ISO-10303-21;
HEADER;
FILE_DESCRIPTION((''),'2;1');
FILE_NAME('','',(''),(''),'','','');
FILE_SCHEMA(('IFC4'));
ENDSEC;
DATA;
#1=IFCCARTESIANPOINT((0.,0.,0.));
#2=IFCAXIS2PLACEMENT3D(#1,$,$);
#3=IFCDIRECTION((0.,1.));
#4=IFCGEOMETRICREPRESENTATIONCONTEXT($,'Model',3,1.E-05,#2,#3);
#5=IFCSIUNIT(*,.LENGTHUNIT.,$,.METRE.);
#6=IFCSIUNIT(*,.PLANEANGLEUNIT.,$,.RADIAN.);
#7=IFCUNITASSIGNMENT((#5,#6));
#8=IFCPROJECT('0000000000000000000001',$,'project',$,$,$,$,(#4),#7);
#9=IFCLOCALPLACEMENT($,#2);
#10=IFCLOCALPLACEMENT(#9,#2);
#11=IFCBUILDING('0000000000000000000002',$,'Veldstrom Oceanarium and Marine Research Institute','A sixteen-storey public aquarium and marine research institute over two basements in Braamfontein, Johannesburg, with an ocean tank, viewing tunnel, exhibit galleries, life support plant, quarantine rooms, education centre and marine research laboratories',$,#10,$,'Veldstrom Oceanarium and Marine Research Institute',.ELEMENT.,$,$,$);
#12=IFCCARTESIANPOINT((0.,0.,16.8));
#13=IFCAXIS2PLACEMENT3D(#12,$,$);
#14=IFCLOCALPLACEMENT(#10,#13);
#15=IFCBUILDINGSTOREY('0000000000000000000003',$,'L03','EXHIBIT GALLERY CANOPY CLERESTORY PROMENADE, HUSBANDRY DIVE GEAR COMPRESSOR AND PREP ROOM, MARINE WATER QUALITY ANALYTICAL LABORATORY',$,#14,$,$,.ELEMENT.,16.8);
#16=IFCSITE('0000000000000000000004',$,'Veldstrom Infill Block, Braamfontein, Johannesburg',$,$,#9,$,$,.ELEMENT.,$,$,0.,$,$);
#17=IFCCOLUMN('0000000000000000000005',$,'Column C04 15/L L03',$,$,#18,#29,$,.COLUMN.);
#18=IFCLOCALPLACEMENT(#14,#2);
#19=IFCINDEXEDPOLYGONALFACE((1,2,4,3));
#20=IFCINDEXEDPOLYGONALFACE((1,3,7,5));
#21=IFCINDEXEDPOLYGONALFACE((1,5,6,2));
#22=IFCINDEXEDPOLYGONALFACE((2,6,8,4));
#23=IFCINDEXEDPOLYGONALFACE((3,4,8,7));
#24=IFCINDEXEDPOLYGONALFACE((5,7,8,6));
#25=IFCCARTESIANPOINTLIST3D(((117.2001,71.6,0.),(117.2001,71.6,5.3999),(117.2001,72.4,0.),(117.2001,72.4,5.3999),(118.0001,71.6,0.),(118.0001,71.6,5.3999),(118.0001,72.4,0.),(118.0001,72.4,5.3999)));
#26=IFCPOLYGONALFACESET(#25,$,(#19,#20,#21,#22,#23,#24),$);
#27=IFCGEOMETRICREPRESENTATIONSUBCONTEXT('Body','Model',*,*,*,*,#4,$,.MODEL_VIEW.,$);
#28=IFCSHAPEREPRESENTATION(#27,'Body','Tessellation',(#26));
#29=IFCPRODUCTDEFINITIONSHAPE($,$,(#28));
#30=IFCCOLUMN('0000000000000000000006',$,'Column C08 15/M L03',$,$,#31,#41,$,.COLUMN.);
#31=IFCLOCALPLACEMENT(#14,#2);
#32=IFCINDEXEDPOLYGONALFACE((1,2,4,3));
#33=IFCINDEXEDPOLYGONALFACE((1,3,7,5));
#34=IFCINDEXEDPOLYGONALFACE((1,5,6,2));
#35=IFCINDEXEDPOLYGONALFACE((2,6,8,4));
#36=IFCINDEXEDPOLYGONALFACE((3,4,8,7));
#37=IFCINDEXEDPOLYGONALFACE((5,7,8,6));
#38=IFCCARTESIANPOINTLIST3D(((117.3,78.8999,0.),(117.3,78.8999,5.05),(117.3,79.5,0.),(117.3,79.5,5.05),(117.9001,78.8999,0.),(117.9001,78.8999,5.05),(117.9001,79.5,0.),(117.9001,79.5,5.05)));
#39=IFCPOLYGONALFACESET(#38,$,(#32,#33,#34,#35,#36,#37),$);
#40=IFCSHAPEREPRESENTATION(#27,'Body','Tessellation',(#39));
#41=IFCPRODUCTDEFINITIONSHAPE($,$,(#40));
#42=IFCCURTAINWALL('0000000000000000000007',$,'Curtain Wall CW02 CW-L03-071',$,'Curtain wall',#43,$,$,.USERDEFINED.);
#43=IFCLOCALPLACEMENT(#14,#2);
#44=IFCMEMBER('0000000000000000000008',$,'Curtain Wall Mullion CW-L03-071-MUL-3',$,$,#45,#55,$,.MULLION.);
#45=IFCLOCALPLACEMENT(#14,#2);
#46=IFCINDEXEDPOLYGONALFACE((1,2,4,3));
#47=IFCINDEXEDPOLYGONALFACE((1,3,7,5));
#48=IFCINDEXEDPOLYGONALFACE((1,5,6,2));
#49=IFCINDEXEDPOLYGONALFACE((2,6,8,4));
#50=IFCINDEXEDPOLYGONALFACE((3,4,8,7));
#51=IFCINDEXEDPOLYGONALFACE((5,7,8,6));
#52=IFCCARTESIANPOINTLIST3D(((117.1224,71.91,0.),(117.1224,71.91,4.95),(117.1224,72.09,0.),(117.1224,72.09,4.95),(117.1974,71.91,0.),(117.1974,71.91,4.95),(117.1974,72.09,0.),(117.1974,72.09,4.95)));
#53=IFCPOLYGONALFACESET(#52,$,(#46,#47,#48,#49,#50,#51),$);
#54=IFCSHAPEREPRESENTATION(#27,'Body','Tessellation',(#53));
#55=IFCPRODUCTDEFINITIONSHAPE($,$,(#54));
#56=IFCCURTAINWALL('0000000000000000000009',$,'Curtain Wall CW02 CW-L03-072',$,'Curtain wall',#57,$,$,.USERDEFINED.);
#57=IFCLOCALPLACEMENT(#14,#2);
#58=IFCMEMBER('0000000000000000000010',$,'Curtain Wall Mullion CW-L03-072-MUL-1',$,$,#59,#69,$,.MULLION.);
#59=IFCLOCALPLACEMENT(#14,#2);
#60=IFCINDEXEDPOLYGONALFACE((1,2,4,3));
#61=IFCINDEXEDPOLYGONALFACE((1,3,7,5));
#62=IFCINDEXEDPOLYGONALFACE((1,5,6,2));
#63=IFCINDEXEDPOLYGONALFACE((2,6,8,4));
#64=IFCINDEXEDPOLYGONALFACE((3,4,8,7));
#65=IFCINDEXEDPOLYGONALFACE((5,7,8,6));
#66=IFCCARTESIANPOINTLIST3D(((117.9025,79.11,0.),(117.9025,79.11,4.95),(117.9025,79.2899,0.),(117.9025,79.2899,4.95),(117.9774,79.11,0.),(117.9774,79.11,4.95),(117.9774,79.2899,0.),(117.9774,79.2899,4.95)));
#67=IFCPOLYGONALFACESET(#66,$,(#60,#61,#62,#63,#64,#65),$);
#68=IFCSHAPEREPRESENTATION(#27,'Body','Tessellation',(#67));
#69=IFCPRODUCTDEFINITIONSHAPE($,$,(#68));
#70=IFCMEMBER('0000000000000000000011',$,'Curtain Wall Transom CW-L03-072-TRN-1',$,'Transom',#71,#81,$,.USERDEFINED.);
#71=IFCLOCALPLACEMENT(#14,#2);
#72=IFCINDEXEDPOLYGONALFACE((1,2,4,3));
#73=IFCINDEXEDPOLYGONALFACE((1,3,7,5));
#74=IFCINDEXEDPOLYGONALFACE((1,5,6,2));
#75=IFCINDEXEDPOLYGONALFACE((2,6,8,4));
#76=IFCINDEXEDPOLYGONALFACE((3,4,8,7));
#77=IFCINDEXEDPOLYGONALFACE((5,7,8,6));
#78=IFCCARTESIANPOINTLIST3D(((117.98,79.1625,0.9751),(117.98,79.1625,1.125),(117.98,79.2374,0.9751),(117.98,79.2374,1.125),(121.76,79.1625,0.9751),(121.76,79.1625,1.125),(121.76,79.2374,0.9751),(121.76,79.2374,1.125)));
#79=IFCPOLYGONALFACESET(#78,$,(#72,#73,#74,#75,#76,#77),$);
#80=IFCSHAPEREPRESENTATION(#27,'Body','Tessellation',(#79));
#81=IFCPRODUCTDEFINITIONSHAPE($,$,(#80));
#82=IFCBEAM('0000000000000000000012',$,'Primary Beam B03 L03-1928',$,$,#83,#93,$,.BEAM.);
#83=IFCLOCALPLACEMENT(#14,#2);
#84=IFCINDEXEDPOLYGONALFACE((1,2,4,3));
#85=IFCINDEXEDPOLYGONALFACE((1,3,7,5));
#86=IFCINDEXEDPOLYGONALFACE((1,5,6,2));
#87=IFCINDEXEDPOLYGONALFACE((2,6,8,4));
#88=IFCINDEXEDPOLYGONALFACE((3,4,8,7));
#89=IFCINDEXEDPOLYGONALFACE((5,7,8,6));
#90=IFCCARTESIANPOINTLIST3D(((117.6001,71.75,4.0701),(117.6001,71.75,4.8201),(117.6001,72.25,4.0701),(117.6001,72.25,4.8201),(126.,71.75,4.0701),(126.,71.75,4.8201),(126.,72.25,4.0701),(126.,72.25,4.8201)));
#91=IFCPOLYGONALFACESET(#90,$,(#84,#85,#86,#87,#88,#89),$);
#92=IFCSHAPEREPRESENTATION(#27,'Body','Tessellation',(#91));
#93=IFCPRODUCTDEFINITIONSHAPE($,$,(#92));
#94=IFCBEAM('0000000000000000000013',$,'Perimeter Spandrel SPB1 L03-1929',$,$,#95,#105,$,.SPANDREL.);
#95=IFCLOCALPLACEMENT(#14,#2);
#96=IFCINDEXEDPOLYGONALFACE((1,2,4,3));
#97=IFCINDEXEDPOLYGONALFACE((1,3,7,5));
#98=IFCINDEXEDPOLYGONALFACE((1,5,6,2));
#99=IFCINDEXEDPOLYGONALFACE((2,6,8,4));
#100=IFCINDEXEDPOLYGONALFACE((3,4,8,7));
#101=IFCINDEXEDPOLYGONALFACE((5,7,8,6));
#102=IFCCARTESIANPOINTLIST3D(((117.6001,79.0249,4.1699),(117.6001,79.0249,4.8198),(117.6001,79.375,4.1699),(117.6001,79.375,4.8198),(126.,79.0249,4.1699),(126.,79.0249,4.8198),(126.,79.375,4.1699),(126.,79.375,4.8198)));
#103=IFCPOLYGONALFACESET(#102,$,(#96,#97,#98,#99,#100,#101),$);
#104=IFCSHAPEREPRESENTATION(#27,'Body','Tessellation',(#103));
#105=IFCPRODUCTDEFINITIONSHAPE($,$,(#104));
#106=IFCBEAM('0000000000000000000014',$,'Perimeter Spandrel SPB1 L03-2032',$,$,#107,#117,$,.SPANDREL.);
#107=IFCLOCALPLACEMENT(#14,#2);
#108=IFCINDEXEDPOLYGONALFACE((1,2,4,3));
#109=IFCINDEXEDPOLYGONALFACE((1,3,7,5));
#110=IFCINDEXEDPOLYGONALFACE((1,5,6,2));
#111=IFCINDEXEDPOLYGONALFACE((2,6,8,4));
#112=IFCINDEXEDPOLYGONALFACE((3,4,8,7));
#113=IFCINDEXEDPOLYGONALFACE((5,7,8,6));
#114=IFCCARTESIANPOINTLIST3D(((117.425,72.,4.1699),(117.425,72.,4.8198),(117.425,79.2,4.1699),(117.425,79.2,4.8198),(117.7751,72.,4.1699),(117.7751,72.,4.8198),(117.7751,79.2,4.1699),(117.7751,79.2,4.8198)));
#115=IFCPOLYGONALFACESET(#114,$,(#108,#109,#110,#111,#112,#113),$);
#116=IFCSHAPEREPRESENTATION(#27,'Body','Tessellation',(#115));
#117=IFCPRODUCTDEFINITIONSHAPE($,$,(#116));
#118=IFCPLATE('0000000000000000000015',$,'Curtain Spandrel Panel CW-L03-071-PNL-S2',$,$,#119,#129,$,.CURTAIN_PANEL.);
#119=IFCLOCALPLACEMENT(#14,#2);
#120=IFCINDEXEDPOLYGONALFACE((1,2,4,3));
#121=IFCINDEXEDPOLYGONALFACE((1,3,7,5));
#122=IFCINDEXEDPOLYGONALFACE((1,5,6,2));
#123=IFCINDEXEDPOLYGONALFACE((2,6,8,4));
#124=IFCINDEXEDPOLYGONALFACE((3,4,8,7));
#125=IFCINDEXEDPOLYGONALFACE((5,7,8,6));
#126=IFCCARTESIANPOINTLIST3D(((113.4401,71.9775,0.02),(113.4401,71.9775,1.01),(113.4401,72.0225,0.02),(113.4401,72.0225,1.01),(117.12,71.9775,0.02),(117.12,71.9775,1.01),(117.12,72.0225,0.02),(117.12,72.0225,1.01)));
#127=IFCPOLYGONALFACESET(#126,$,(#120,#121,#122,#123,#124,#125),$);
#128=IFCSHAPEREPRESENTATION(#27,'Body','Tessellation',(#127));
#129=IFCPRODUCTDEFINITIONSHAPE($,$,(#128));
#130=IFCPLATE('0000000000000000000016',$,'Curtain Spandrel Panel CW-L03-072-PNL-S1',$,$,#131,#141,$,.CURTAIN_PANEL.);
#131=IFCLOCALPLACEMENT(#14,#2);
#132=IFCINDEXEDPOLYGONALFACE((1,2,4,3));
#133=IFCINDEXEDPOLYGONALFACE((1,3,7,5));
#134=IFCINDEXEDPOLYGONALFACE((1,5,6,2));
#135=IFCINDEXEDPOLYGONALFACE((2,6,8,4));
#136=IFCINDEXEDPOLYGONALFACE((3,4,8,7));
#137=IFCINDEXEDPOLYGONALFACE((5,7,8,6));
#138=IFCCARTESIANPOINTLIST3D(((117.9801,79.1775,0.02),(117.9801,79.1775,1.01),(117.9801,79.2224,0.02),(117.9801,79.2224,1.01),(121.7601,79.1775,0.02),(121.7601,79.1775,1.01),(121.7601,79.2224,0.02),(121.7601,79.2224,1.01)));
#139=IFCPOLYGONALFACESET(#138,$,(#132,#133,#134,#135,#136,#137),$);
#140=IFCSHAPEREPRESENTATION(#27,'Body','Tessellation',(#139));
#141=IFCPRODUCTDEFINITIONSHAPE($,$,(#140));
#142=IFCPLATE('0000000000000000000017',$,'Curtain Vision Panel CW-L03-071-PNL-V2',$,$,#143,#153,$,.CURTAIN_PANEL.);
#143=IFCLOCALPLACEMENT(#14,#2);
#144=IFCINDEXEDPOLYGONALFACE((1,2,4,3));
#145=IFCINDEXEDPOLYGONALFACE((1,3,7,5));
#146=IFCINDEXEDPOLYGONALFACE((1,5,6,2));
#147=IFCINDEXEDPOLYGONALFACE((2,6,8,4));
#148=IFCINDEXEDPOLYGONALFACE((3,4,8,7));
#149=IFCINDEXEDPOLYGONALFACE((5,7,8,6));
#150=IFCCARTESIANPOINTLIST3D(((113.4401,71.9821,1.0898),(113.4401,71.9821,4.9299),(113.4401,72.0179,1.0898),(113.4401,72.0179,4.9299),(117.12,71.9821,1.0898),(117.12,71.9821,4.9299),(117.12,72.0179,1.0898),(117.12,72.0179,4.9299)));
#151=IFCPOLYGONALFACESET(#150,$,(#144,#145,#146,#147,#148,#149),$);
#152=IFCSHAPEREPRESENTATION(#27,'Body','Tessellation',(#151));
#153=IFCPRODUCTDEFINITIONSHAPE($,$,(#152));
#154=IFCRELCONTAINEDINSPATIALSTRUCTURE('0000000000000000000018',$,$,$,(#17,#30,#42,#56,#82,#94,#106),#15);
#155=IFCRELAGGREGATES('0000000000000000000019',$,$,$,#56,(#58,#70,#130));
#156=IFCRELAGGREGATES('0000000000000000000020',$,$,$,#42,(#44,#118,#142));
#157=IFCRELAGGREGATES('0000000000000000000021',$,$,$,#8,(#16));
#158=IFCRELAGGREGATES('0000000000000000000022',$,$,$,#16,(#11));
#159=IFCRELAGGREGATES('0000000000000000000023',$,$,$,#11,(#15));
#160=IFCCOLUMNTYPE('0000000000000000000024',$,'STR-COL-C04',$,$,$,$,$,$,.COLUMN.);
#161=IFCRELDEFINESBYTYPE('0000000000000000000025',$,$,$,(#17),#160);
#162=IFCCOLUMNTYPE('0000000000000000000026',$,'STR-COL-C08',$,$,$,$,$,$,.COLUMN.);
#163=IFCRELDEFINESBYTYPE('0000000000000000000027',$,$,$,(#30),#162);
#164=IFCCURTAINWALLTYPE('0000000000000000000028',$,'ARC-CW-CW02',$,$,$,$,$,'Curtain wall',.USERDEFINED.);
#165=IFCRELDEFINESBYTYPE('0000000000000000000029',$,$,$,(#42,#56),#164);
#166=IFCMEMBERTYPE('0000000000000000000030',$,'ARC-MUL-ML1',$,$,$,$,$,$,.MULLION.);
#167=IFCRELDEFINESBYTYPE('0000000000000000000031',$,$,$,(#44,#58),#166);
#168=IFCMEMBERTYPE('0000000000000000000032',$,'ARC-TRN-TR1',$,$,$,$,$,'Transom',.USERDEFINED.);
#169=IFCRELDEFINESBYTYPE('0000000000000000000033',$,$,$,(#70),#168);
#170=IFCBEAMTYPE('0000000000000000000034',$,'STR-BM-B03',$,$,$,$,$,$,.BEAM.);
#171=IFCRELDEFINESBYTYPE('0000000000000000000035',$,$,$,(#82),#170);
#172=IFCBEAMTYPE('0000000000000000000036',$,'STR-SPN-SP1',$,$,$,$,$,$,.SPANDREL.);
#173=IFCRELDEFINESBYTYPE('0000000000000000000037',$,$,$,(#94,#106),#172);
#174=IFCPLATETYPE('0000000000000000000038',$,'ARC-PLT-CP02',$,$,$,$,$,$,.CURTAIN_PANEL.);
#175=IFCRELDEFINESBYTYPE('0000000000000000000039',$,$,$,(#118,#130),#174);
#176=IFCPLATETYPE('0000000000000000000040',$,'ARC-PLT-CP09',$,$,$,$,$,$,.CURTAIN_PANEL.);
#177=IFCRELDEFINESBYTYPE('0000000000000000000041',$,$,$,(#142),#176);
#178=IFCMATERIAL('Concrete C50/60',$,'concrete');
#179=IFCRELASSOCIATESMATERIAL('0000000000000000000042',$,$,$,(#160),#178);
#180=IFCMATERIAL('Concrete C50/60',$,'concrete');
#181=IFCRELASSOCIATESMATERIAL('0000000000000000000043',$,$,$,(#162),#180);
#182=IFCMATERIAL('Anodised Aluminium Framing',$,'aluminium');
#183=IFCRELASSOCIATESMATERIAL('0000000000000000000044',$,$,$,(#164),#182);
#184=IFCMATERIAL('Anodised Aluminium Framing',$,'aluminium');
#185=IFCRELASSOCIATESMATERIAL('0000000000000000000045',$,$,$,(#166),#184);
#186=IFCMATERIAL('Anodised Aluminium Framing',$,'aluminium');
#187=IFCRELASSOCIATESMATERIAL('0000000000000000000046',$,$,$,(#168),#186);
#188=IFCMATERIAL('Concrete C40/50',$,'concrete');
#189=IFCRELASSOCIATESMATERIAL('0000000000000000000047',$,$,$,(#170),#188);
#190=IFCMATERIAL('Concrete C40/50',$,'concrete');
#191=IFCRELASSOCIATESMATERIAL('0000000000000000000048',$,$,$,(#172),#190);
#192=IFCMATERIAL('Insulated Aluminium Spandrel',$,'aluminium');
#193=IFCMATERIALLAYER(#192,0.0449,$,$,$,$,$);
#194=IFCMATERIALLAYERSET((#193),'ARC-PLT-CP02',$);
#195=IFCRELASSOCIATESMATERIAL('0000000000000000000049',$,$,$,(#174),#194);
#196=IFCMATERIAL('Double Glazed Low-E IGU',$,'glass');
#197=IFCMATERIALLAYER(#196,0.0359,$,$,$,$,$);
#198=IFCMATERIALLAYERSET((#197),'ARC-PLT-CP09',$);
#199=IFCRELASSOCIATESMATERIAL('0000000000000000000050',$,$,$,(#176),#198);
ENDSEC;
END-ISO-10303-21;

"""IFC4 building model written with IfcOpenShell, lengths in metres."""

from ifc_helpers import new_model, si_unit, direction, frame, origin, origin_2d, place, context, subcontext, project, spatial, rectangle, extrude, material, layer, layer_set, material_profile, profile_set, type_object, element, aggregate, save


model = new_model("IFC4")

# Units and contexts
model_context = context("Model", 3, precision=1e-05, world=origin(), true_north=direction((0.0, 1.0)))
body_context = subcontext(model_context, "Body", "Model", "MODEL_VIEW")
ifc_project = project(units=[si_unit("LENGTHUNIT", "METRE"), si_unit("PLANEANGLEUNIT", "RADIAN")], contexts=[model_context])

# Site, building, storey
site_placement = place(None, origin())
site = spatial("IfcSite", under=ifc_project, at=site_placement, Name="Veldstrom Infill Block, Braamfontein, Johannesburg", CompositionType="ELEMENT", RefElevation=0.0)
building_placement = place(site_placement, origin())
building = spatial("IfcBuilding", under=site, at=building_placement, Name="Veldstrom Oceanarium and Marine Research Institute", Description="A sixteen-storey public aquarium and marine research institute over two basements in Braamfontein, Johannesburg, with an ocean tank, viewing tunnel, exhibit galleries, life support plant, quarantine rooms, education centre and marine research laboratories", LongName="Veldstrom Oceanarium and Marine Research Institute", CompositionType="ELEMENT")
storey_placement = place(building_placement, frame((0.0, 0.0, 16.8)))
storey = spatial("IfcBuildingStorey", under=building, at=storey_placement, Name="L03", Description="EXHIBIT GALLERY CANOPY CLERESTORY PROMENADE, HUSBANDRY DIVE GEAR COMPRESSOR AND PREP ROOM, MARINE WATER QUALITY ANALYTICAL LABORATORY", CompositionType="ELEMENT", Elevation=16.8)

# Columns
ifc_material_1 = material(Name="Concrete C50/60", Category="concrete")
ifc_material_profile_1 = material_profile(ifc_material_1, rectangle(XDim=0.8, YDim=0.8, at=origin_2d()), Name="RC-COL-800x800")
ifc_profile_set_1 = profile_set([ifc_material_profile_1], Name="Concrete C50/60")
column_type_1 = type_object("IfcColumnType", Name="STR-COL-C04", PredefinedType="COLUMN", material=ifc_profile_set_1)
column_1_placement = place(storey_placement, frame((117.6001, 72.0, 0.0), z_axis=(0.0, 0.0, 1.0), x_axis=(1.0, 0.0, 0.0)))
element("IfcColumn", 1, at=column_1_placement, inside=storey, type_object=column_type_1, Name="Column C04 15/L L03", PredefinedType="COLUMN", context=body_context, shape_type="SweptSolid", body=[
    extrude(rectangle(XDim=0.8, YDim=0.8, at=origin_2d()), origin(), (0.0, 0.0, 1.0), 5.3999),
])
ifc_material_2 = material(Name="Concrete C50/60", Category="concrete")
ifc_material_profile_2 = material_profile(ifc_material_2, rectangle(XDim=0.6001, YDim=0.6001, at=origin_2d()), Name="RC-COL-600x600")
ifc_profile_set_2 = profile_set([ifc_material_profile_2], Name="Concrete C50/60")
column_type_2 = type_object("IfcColumnType", Name="STR-COL-C08", PredefinedType="COLUMN", material=ifc_profile_set_2)
column_2_placement = place(storey_placement, frame((117.6001, 79.2, 0.0), z_axis=(0.0, 0.0, 1.0), x_axis=(1.0, 0.0, 0.0)))
element("IfcColumn", 2, at=column_2_placement, inside=storey, type_object=column_type_2, Name="Column C08 15/M L03", PredefinedType="COLUMN", context=body_context, shape_type="SweptSolid", body=[
    extrude(rectangle(XDim=0.6001, YDim=0.6001, at=origin_2d()), origin(), (0.0, 0.0, 1.0), 5.05),
])

# Curtain wall, member
ifc_material_3 = material(Name="Anodised Aluminium Framing", Category="aluminium")
curtain_wall_type = type_object("IfcCurtainWallType", Name="ARC-CW-CW02", ElementType="Curtain wall", PredefinedType="USERDEFINED", material=ifc_material_3)
curtain_wall_1_placement = place(storey_placement, origin())
curtain_wall_1 = element("IfcCurtainWall", 3, at=curtain_wall_1_placement, inside=storey, type_object=curtain_wall_type, Name="Curtain Wall CW02 CW-L03-071", ObjectType="Curtain wall", PredefinedType="USERDEFINED")
ifc_material_4 = material(Name="Anodised Aluminium Framing", Category="aluminium")
ifc_material_profile_3 = material_profile(ifc_material_4, rectangle(XDim=0.075, YDim=0.1799, at=origin_2d()), Name="ALU-MUL-75x180")
ifc_profile_set_3 = profile_set([ifc_material_profile_3], Name="Anodised Aluminium Framing")
member_type_1 = type_object("IfcMemberType", Name="ARC-MUL-ML1", PredefinedType="MULLION", material=ifc_profile_set_3)
member_1_placement = place(storey_placement, frame((117.1599, 72.0, 0.0), z_axis=(0.0, 0.0, 1.0), x_axis=(1.0, 0.0, 0.0)))
member_1 = element("IfcMember", 4, at=member_1_placement, type_object=member_type_1, Name="Curtain Wall Mullion CW-L03-071-MUL-3", PredefinedType="MULLION", context=body_context, shape_type="SweptSolid", body=[
    extrude(rectangle(XDim=0.075, YDim=0.1799, at=origin_2d()), origin(), (0.0, 0.0, 1.0), 4.95),
])

# Curtain wall, members
curtain_wall_2_placement = place(storey_placement, origin())
curtain_wall_2 = element("IfcCurtainWall", 5, at=curtain_wall_2_placement, inside=storey, type_object=curtain_wall_type, Name="Curtain Wall CW02 CW-L03-072", ObjectType="Curtain wall", PredefinedType="USERDEFINED")
member_2_placement = place(storey_placement, frame((117.9399, 79.2, 0.0), z_axis=(0.0, 0.0, 1.0), x_axis=(1.0, 0.0, 0.0)))
member_2 = element("IfcMember", 6, at=member_2_placement, type_object=member_type_1, Name="Curtain Wall Mullion CW-L03-072-MUL-1", PredefinedType="MULLION", context=body_context, shape_type="SweptSolid", body=[
    extrude(rectangle(XDim=0.075, YDim=0.1799, at=origin_2d()), origin(), (0.0, 0.0, 1.0), 4.95),
])
ifc_material_5 = material(Name="Anodised Aluminium Framing", Category="aluminium")
ifc_material_profile_4 = material_profile(ifc_material_5, rectangle(XDim=0.075, YDim=0.1499, at=origin_2d()), Name="ALU-TRN-75x150")
ifc_profile_set_4 = profile_set([ifc_material_profile_4], Name="Anodised Aluminium Framing")
member_type_2 = type_object("IfcMemberType", Name="ARC-TRN-TR1", ElementType="Transom", PredefinedType="USERDEFINED", material=ifc_profile_set_4)
member_3_placement = place(storey_placement, frame((117.98, 79.2, 1.05), z_axis=(1.0, 0.0, 0.0), x_axis=(0.0, 1.0, 0.0)))
member_3 = element("IfcMember", 7, at=member_3_placement, type_object=member_type_2, Name="Curtain Wall Transom CW-L03-072-TRN-1", ObjectType="Transom", PredefinedType="USERDEFINED", context=body_context, shape_type="SweptSolid", body=[
    extrude(rectangle(XDim=0.075, YDim=0.1499, at=origin_2d()), origin(), (0.0, 0.0, 1.0), 3.78),
])

# Beams
ifc_material_6 = material(Name="Concrete C40/50", Category="concrete")
ifc_material_profile_5 = material_profile(ifc_material_6, rectangle(XDim=0.5, YDim=0.75, at=origin_2d()), Name="RC-BM-500x750")
ifc_profile_set_5 = profile_set([ifc_material_profile_5], Name="Concrete C40/50")
beam_type_1 = type_object("IfcBeamType", Name="STR-BM-B03", PredefinedType="BEAM", material=ifc_profile_set_5)
beam_1_placement = place(storey_placement, frame((117.6001, 72.0, 4.4451), z_axis=(1.0, 0.0, 0.0), x_axis=(0.0, 1.0, 0.0)))
element("IfcBeam", 8, at=beam_1_placement, inside=storey, type_object=beam_type_1, Name="Primary Beam B03 L03-1928", PredefinedType="BEAM", context=body_context, shape_type="SweptSolid", body=[
    extrude(rectangle(XDim=0.5, YDim=0.75, at=origin_2d()), origin(), (0.0, 0.0, 1.0), 8.3999),
])
ifc_material_7 = material(Name="Concrete C40/50", Category="concrete")
ifc_material_profile_6 = material_profile(ifc_material_7, rectangle(XDim=0.3501, YDim=0.6499, at=origin_2d()), Name="RC-SPN-350x650")
ifc_profile_set_6 = profile_set([ifc_material_profile_6], Name="Concrete C40/50")
beam_type_2 = type_object("IfcBeamType", Name="STR-SPN-SP1", PredefinedType="SPANDREL", material=ifc_profile_set_6)
beam_2_placement = place(storey_placement, frame((117.6001, 79.2, 4.4949), z_axis=(1.0, 0.0, 0.0), x_axis=(0.0, 1.0, 0.0)))
element("IfcBeam", 9, at=beam_2_placement, inside=storey, type_object=beam_type_2, Name="Perimeter Spandrel SPB1 L03-1929", PredefinedType="SPANDREL", context=body_context, shape_type="SweptSolid", body=[
    extrude(rectangle(XDim=0.3501, YDim=0.6499, at=origin_2d()), origin(), (0.0, 0.0, 1.0), 8.3999),
])
beam_3_placement = place(storey_placement, frame((117.6001, 72.0, 4.4949), z_axis=(0.0, 1.0, 0.0), x_axis=(-1.0, 0.0, 0.0)))
element("IfcBeam", 10, at=beam_3_placement, inside=storey, type_object=beam_type_2, Name="Perimeter Spandrel SPB1 L03-2032", PredefinedType="SPANDREL", context=body_context, shape_type="SweptSolid", body=[
    extrude(rectangle(XDim=0.3501, YDim=0.6499, at=origin_2d()), origin(), (0.0, 0.0, 1.0), 7.2),
])

# Plates
ifc_material_8 = material(Name="Insulated Aluminium Spandrel", Category="aluminium")
ifc_layer_1 = layer(ifc_material_8, 0.0449)
ifc_layer_set_1 = layer_set([ifc_layer_1], Name="ARC-PLT-CP02")
plate_type_1 = type_object("IfcPlateType", Name="ARC-PLT-CP02", PredefinedType="CURTAIN_PANEL", material=ifc_layer_set_1)
plate_1_placement = place(storey_placement, frame((115.28, 72.0, 0.02), z_axis=(0.0, 0.0, 1.0), x_axis=(1.0, 0.0, 0.0)))
plate_1 = element("IfcPlate", 11, at=plate_1_placement, type_object=plate_type_1, Name="Curtain Spandrel Panel CW-L03-071-PNL-S2", PredefinedType="CURTAIN_PANEL", context=body_context, shape_type="SweptSolid", body=[
    extrude(rectangle(XDim=3.6799, YDim=0.0449, at=origin_2d()), origin(), (0.0, 0.0, 1.0), 0.99),
])
plate_2_placement = place(storey_placement, frame((119.8701, 79.2, 0.02), z_axis=(0.0, 0.0, 1.0), x_axis=(1.0, 0.0, 0.0)))
plate_2 = element("IfcPlate", 12, at=plate_2_placement, type_object=plate_type_1, Name="Curtain Spandrel Panel CW-L03-072-PNL-S1", PredefinedType="CURTAIN_PANEL", context=body_context, shape_type="SweptSolid", body=[
    extrude(rectangle(XDim=3.78, YDim=0.0449, at=origin_2d()), origin(), (0.0, 0.0, 1.0), 0.99),
])
aggregate(curtain_wall_2, [member_2, member_3, plate_2])
ifc_material_9 = material(Name="Double Glazed Low-E IGU", Category="glass")
ifc_layer_2 = layer(ifc_material_9, 0.0359)
ifc_layer_set_2 = layer_set([ifc_layer_2], Name="ARC-PLT-CP09")
plate_type_2 = type_object("IfcPlateType", Name="ARC-PLT-CP09", PredefinedType="CURTAIN_PANEL", material=ifc_layer_set_2)
plate_3_placement = place(storey_placement, frame((115.28, 72.0, 1.0898), z_axis=(0.0, 0.0, 1.0), x_axis=(1.0, 0.0, 0.0)))
plate_3 = element("IfcPlate", 13, at=plate_3_placement, type_object=plate_type_2, Name="Curtain Vision Panel CW-L03-071-PNL-V2", PredefinedType="CURTAIN_PANEL", context=body_context, shape_type="SweptSolid", body=[
    extrude(rectangle(XDim=3.6799, YDim=0.0359, at=origin_2d()), origin(), (0.0, 0.0, 1.0), 3.8401),
])
aggregate(curtain_wall_1, [member_1, plate_1, plate_3])

save(model, "model.ifc")
